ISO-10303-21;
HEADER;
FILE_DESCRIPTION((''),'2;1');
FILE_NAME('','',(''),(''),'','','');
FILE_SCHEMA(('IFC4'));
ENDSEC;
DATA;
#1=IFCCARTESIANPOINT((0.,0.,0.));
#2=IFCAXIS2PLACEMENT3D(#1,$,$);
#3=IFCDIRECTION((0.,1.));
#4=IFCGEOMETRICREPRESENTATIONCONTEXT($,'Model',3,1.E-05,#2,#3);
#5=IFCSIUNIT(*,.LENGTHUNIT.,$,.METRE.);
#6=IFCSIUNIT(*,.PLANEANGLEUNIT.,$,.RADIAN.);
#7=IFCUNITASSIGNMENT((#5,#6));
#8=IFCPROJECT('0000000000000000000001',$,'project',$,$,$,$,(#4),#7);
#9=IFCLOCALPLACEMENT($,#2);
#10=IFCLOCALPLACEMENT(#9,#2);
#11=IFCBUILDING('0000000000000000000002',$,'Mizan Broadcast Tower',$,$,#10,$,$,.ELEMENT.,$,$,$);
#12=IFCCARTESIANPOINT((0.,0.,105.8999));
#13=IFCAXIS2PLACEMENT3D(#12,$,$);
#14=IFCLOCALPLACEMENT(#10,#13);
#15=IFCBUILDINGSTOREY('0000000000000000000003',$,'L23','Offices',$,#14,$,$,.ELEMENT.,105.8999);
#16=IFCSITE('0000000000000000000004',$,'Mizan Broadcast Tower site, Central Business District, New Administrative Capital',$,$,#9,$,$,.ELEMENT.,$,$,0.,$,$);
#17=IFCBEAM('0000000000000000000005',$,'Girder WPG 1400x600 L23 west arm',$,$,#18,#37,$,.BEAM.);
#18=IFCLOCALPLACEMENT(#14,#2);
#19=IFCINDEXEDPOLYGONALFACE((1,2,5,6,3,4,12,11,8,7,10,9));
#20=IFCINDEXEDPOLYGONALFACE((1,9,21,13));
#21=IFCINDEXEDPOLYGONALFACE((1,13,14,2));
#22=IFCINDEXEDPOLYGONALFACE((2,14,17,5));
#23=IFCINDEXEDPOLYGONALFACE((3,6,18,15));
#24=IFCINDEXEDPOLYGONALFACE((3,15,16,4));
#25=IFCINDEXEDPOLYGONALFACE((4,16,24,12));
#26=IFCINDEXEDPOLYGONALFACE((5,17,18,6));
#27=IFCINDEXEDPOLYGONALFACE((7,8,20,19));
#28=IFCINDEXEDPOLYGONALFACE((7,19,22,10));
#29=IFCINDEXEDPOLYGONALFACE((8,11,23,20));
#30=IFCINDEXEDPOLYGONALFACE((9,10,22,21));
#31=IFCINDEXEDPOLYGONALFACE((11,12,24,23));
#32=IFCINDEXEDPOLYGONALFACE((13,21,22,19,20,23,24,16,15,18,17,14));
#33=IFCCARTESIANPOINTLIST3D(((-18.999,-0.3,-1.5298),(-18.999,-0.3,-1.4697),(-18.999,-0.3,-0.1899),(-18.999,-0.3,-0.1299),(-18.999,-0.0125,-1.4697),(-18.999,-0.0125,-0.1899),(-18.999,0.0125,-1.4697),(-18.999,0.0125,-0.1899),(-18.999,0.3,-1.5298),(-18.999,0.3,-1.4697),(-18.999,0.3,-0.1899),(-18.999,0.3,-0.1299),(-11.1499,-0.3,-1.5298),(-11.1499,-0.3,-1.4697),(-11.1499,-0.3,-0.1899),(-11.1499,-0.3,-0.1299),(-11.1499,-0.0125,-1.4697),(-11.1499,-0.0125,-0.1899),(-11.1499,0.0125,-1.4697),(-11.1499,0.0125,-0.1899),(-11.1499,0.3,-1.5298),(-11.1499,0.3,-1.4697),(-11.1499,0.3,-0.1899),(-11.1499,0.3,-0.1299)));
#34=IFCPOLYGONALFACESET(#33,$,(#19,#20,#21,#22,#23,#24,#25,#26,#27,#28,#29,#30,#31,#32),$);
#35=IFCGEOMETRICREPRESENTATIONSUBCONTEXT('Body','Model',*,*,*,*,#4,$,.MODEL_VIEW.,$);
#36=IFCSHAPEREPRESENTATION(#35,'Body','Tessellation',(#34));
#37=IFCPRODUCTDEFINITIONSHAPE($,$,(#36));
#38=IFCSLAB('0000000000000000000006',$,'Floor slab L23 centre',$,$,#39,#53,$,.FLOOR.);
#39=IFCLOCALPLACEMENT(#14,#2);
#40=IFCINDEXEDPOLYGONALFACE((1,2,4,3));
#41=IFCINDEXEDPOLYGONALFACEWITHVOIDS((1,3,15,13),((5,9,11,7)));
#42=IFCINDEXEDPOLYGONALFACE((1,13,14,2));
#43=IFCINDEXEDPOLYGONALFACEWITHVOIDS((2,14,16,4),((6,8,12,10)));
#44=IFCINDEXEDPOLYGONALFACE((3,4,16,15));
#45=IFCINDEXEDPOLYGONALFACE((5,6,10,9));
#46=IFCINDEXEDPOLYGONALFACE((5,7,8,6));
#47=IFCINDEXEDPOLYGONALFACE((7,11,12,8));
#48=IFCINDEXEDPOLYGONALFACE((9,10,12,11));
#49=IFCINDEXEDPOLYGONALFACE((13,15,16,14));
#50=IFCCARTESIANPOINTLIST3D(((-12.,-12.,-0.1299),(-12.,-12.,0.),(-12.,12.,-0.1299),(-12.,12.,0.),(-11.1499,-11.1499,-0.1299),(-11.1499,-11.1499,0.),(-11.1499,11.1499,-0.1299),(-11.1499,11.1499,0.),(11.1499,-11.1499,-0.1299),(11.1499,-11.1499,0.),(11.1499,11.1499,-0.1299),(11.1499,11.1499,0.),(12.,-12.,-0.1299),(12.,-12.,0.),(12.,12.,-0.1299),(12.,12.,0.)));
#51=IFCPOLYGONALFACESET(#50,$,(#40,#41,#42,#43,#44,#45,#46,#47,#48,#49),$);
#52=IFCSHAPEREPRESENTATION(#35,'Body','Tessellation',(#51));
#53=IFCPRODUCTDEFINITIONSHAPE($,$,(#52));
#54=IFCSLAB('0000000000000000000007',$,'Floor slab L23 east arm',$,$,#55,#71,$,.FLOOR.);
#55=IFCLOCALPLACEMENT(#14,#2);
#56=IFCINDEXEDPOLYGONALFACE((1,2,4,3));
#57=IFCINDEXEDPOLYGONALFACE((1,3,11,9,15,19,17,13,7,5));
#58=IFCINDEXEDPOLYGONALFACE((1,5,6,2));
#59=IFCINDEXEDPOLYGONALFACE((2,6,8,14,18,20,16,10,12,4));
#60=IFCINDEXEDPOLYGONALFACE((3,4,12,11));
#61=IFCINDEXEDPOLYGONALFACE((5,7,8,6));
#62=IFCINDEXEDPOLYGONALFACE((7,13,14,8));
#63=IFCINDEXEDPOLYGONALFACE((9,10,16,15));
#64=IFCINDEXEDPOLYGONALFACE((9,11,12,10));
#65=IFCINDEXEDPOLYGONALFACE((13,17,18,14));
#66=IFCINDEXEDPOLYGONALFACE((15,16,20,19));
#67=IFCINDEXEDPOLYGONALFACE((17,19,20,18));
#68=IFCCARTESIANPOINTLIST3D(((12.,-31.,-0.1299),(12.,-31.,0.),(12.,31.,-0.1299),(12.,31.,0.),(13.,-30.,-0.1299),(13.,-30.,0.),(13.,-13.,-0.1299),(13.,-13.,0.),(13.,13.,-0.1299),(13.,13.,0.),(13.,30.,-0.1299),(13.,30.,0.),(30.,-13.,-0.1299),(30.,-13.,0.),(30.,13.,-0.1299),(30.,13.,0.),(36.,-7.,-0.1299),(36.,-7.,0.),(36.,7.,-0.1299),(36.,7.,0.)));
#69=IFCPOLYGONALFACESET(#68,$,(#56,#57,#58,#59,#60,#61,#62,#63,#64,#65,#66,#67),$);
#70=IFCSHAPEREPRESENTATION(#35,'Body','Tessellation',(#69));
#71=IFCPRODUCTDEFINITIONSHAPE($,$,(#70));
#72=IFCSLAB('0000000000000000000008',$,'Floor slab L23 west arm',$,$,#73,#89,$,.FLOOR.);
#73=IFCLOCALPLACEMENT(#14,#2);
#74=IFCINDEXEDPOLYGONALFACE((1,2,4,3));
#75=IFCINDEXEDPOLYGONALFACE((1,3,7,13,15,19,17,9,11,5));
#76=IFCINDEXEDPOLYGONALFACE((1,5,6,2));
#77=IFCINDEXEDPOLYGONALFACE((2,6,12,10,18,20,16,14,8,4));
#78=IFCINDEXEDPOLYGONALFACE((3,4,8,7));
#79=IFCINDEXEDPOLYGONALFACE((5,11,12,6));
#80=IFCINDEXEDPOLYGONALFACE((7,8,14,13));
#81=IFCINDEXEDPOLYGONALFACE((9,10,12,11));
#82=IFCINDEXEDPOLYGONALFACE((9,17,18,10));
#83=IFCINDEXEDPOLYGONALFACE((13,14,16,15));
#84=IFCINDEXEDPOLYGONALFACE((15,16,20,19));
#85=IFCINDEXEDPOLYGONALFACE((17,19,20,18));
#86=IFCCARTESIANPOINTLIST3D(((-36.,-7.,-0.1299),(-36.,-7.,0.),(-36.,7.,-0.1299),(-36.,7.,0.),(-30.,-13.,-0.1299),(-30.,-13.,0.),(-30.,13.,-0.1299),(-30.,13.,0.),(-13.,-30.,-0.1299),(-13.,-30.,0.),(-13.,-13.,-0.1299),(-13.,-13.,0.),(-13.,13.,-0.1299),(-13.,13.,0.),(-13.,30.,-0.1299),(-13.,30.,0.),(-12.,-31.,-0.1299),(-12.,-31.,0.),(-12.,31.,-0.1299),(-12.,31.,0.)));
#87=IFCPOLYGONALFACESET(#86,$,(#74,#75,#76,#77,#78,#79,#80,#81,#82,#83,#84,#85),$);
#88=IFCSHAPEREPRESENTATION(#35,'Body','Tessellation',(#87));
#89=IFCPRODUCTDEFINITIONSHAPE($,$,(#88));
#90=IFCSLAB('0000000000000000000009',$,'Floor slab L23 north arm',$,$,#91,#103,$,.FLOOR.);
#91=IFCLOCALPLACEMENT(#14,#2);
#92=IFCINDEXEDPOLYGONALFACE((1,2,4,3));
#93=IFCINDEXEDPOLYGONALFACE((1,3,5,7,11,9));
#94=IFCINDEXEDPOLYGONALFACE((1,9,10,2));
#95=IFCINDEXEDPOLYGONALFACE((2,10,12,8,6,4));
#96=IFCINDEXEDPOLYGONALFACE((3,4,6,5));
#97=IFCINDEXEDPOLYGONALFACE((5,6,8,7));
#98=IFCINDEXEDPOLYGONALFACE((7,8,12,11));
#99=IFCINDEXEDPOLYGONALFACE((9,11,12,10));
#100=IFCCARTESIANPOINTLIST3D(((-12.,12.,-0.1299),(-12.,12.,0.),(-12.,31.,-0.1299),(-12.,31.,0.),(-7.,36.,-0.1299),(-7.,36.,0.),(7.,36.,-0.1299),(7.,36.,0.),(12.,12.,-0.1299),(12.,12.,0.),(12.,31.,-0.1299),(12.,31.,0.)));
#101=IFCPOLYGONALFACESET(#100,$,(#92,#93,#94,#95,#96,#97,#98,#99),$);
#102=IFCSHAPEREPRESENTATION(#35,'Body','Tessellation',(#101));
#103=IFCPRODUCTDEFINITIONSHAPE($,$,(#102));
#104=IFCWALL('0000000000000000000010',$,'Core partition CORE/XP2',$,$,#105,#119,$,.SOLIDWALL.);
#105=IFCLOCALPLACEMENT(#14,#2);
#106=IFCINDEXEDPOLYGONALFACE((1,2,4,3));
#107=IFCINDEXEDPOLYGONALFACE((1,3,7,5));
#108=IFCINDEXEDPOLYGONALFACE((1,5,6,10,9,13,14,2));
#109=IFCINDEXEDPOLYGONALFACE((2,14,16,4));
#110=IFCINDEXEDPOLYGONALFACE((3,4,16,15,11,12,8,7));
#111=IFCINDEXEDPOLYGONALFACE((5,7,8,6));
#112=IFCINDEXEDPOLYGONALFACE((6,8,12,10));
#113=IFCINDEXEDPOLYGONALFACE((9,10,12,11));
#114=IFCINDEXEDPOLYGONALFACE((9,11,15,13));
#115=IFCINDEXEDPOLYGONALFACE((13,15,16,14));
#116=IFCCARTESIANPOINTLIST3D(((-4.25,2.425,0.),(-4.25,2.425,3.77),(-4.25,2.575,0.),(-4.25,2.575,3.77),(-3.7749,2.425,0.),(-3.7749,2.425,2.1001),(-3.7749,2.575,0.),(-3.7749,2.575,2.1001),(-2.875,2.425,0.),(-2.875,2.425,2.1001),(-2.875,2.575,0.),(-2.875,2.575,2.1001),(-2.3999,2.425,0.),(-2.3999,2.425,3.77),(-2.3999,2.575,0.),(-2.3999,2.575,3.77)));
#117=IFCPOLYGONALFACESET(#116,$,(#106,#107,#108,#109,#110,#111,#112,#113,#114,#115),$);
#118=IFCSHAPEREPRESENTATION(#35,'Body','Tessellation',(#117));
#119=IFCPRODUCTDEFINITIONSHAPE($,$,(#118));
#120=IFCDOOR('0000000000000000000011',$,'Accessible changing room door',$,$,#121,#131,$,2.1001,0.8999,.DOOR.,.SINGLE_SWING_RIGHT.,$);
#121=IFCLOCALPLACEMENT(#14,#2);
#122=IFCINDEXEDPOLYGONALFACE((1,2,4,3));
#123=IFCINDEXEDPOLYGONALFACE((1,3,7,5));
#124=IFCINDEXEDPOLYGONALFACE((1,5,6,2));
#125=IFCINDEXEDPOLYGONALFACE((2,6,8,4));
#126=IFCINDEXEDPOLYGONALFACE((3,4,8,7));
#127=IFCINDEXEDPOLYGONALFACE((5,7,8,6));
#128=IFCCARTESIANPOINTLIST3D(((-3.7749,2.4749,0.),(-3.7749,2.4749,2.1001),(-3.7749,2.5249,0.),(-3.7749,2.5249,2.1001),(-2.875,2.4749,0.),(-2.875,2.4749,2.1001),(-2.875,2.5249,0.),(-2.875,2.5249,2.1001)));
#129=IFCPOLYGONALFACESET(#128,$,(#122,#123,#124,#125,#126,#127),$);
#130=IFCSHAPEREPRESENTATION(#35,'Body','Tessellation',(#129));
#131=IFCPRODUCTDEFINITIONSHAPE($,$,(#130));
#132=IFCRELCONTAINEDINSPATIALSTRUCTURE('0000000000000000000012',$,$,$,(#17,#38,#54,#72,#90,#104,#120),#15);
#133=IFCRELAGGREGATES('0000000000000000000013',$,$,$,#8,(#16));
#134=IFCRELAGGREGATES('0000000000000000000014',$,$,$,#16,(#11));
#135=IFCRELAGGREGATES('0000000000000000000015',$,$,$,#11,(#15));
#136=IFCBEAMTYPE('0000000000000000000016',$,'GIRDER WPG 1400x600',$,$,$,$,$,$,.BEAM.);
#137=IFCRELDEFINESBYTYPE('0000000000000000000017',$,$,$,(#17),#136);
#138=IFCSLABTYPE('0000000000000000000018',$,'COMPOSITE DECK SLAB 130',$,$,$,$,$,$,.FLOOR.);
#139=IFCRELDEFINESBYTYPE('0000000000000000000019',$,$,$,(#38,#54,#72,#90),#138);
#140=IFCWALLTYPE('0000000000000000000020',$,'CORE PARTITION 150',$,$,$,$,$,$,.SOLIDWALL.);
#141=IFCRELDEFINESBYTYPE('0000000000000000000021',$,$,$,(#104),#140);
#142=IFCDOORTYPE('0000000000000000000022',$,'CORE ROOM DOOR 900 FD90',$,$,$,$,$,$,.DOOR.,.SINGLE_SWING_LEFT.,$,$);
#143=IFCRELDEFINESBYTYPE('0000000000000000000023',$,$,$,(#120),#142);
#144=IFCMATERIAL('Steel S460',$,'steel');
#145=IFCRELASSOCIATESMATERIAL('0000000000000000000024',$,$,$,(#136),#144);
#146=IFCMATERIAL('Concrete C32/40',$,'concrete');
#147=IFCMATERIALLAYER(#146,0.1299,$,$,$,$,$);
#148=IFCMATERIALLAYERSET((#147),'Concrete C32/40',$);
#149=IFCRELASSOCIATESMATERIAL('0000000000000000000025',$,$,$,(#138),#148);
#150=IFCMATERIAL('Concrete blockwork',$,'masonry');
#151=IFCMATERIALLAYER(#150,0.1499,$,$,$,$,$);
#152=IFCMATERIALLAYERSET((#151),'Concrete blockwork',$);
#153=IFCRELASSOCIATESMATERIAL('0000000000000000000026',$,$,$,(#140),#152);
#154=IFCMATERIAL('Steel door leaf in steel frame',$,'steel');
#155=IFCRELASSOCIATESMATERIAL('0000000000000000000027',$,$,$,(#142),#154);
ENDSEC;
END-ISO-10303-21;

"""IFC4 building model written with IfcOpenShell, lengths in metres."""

from ifc_helpers import new_model, si_unit, direction, frame, frame_2d, origin, origin_2d, place, context, subcontext, project, spatial, polyline, rectangle, i_section, outline, extrude, material, layer, layer_set, material_profile, profile_set, type_object, element, fill, save


model = new_model("IFC4")

# Units and contexts
model_context = context("Model", 3, precision=1e-05, world=origin(), true_north=direction((0.0, 1.0)))
body_context = subcontext(model_context, "Body", "Model", "MODEL_VIEW")
ifc_project = project(units=[si_unit("LENGTHUNIT", "METRE"), si_unit("PLANEANGLEUNIT", "RADIAN")], contexts=[model_context])

# Site, building, storey
site_placement = place(None, origin())
site = spatial("IfcSite", under=ifc_project, at=site_placement, Name="Mizan Broadcast Tower site, Central Business District, New Administrative Capital", CompositionType="ELEMENT", RefElevation=0.0)
building_placement = place(site_placement, origin())
building = spatial("IfcBuilding", under=site, at=building_placement, Name="Mizan Broadcast Tower", CompositionType="ELEMENT")
storey_placement = place(building_placement, frame((0.0, 0.0, 105.8999)))
storey = spatial("IfcBuildingStorey", under=building, at=storey_placement, Name="L23", Description="Offices", CompositionType="ELEMENT", Elevation=105.8999)

# Beam
ifc_material_1 = material(Name="Steel S460", Category="steel")
ifc_material_profile = material_profile(ifc_material_1, i_section(OverallWidth=0.6001, OverallDepth=1.3999, WebThickness=0.0249, FlangeThickness=0.0601, at=origin_2d()), Name="WPG 1400x600")
ifc_profile_set = profile_set([ifc_material_profile], Name="Steel S460")
beam_type = type_object("IfcBeamType", Name="GIRDER WPG 1400x600", PredefinedType="BEAM", material=ifc_profile_set)
beam_placement = place(storey_placement, frame((-11.1499, 0.0, -0.8298), z_axis=(-1.0, 0.0, 0.0), x_axis=(0.0, -1.0, 0.0)))
element("IfcBeam", 1, at=beam_placement, inside=storey, type_object=beam_type, Name="Girder WPG 1400x600 L23 west arm", PredefinedType="BEAM", context=body_context, shape_type="SweptSolid", body=[
    extrude(i_section(OverallWidth=0.6001, OverallDepth=1.3999, WebThickness=0.0249, FlangeThickness=0.0601, at=origin_2d()), origin(), (0.0, 0.0, 1.0), 7.8491),
])

# Slabs
ifc_material_2 = material(Name="Concrete C32/40", Category="concrete")
ifc_layer_1 = layer(ifc_material_2, 0.1299)
ifc_layer_set_1 = layer_set([ifc_layer_1], Name="Concrete C32/40")
slab_type = type_object("IfcSlabType", Name="COMPOSITE DECK SLAB 130", PredefinedType="FLOOR", material=ifc_layer_set_1)
slab_1_placement = place(storey_placement, frame((0.0, 0.0, -0.1299)))
element("IfcSlab", 2, at=slab_1_placement, inside=storey, type_object=slab_type, Name="Floor slab L23 centre", PredefinedType="FLOOR", context=body_context, shape_type="SweptSolid", body=[
    extrude(outline(polyline([(-12.0, -12.0), (12.0, -12.0), (12.0, 12.0), (-12.0, 12.0), (-12.0, -12.0)]), holes=[polyline([(-11.1499, 11.1499), (11.1499, 11.1499), (11.1499, -11.1499), (-11.1499, -11.1499), (-11.1499, 11.1499)])]), origin(), (0.0, 0.0, 1.0), 0.1299),
])
slab_2_placement = place(storey_placement, frame((0.0, 0.0, -0.1299)))
element("IfcSlab", 3, at=slab_2_placement, inside=storey, type_object=slab_type, Name="Floor slab L23 east arm", PredefinedType="FLOOR", context=body_context, shape_type="SweptSolid", body=[
    extrude(outline(polyline([(12.0, -31.0), (13.0, -30.0), (13.0, -13.0), (30.0, -13.0), (36.0, -7.0), (36.0, 7.0), (30.0, 13.0), (13.0, 13.0), (13.0, 30.0), (12.0, 31.0), (12.0, -31.0)])), origin(), (0.0, 0.0, 1.0), 0.1299),
])
slab_3_placement = place(storey_placement, frame((0.0, 0.0, -0.1299)))
element("IfcSlab", 4, at=slab_3_placement, inside=storey, type_object=slab_type, Name="Floor slab L23 west arm", PredefinedType="FLOOR", context=body_context, shape_type="SweptSolid", body=[
    extrude(outline(polyline([(-13.0, -30.0), (-12.0, -31.0), (-12.0, 31.0), (-13.0, 30.0), (-13.0, 13.0), (-30.0, 13.0), (-36.0, 7.0), (-36.0, -7.0), (-30.0, -13.0), (-13.0, -13.0), (-13.0, -30.0)])), origin(), (0.0, 0.0, 1.0), 0.1299),
])
slab_4_placement = place(storey_placement, frame((0.0, 0.0, -0.1299)))
element("IfcSlab", 5, at=slab_4_placement, inside=storey, type_object=slab_type, Name="Floor slab L23 north arm", PredefinedType="FLOOR", context=body_context, shape_type="SweptSolid", body=[
    extrude(outline(polyline([(-7.0, 36.0), (-12.0, 31.0), (-12.0, 12.0), (12.0, 12.0), (12.0, 31.0), (7.0, 36.0), (-7.0, 36.0)])), origin(), (0.0, 0.0, 1.0), 0.1299),
])

# Wall, opening, door
ifc_material_3 = material(Name="Concrete blockwork", Category="masonry")
ifc_layer_2 = layer(ifc_material_3, 0.1499)
ifc_layer_set_2 = layer_set([ifc_layer_2], Name="Concrete blockwork")
wall_type_1 = type_object("IfcWallType", Name="CORE PARTITION 150", PredefinedType="SOLIDWALL", material=ifc_layer_set_2)
wall_1_placement = place(storey_placement, frame((-4.25, 2.5, 0.0), z_axis=(0.0, 0.0, 1.0), x_axis=(1.0, 0.0, 0.0)))
wall_1 = element("IfcWall", 6, at=wall_1_placement, inside=storey, type_object=wall_type_1, Name="Core partition CORE/XP2", PredefinedType="SOLIDWALL", context=body_context, shape_type="SweptSolid", body=[
    extrude(rectangle(XDim=1.8501, YDim=0.1499, at=frame_2d((0.925, 0.0))), origin(), (0.0, 0.0, 1.0), 3.77),
])
opening_1_placement = place(wall_1_placement, frame((0.4751, 0.0, 0.0)))
opening_1 = element("IfcOpeningElement", 7, at=opening_1_placement, cuts=wall_1, PredefinedType="OPENING", context=body_context, shape_type="SweptSolid", body=[
    extrude(rectangle(XDim=0.8999, YDim=2.1001, at=frame_2d((0.45, 1.05))), frame((0.0, 0.085, 0.0), z_axis=(0.0, -1.0, 0.0), x_axis=(1.0, 0.0, 0.0)), (0.0, 0.0, 1.0), 0.1699),
])
ifc_material_4 = material(Name="Steel door leaf in steel frame", Category="steel")
door_type_1 = type_object("IfcDoorType", Name="CORE ROOM DOOR 900 FD90", OperationType="SINGLE_SWING_LEFT", PredefinedType="DOOR", material=ifc_material_4)
door_1_placement = place(opening_1_placement, origin())
door_1 = element("IfcDoor", 8, at=door_1_placement, inside=storey, type_object=door_type_1, Name="Accessible changing room door", OperationType="SINGLE_SWING_RIGHT", OverallHeight=2.1001, OverallWidth=0.8999, PredefinedType="DOOR", context=body_context, shape_type="SweptSolid", body=[
    extrude(rectangle(XDim=0.8999, YDim=2.1001, at=frame_2d((0.45, 1.05))), frame((0.0, 0.0249, 0.0), z_axis=(0.0, -1.0, 0.0), x_axis=(1.0, 0.0, 0.0)), (0.0, 0.0, 1.0), 0.05),
])
fill(opening_1, door_1)

save(model, "model.ifc")
